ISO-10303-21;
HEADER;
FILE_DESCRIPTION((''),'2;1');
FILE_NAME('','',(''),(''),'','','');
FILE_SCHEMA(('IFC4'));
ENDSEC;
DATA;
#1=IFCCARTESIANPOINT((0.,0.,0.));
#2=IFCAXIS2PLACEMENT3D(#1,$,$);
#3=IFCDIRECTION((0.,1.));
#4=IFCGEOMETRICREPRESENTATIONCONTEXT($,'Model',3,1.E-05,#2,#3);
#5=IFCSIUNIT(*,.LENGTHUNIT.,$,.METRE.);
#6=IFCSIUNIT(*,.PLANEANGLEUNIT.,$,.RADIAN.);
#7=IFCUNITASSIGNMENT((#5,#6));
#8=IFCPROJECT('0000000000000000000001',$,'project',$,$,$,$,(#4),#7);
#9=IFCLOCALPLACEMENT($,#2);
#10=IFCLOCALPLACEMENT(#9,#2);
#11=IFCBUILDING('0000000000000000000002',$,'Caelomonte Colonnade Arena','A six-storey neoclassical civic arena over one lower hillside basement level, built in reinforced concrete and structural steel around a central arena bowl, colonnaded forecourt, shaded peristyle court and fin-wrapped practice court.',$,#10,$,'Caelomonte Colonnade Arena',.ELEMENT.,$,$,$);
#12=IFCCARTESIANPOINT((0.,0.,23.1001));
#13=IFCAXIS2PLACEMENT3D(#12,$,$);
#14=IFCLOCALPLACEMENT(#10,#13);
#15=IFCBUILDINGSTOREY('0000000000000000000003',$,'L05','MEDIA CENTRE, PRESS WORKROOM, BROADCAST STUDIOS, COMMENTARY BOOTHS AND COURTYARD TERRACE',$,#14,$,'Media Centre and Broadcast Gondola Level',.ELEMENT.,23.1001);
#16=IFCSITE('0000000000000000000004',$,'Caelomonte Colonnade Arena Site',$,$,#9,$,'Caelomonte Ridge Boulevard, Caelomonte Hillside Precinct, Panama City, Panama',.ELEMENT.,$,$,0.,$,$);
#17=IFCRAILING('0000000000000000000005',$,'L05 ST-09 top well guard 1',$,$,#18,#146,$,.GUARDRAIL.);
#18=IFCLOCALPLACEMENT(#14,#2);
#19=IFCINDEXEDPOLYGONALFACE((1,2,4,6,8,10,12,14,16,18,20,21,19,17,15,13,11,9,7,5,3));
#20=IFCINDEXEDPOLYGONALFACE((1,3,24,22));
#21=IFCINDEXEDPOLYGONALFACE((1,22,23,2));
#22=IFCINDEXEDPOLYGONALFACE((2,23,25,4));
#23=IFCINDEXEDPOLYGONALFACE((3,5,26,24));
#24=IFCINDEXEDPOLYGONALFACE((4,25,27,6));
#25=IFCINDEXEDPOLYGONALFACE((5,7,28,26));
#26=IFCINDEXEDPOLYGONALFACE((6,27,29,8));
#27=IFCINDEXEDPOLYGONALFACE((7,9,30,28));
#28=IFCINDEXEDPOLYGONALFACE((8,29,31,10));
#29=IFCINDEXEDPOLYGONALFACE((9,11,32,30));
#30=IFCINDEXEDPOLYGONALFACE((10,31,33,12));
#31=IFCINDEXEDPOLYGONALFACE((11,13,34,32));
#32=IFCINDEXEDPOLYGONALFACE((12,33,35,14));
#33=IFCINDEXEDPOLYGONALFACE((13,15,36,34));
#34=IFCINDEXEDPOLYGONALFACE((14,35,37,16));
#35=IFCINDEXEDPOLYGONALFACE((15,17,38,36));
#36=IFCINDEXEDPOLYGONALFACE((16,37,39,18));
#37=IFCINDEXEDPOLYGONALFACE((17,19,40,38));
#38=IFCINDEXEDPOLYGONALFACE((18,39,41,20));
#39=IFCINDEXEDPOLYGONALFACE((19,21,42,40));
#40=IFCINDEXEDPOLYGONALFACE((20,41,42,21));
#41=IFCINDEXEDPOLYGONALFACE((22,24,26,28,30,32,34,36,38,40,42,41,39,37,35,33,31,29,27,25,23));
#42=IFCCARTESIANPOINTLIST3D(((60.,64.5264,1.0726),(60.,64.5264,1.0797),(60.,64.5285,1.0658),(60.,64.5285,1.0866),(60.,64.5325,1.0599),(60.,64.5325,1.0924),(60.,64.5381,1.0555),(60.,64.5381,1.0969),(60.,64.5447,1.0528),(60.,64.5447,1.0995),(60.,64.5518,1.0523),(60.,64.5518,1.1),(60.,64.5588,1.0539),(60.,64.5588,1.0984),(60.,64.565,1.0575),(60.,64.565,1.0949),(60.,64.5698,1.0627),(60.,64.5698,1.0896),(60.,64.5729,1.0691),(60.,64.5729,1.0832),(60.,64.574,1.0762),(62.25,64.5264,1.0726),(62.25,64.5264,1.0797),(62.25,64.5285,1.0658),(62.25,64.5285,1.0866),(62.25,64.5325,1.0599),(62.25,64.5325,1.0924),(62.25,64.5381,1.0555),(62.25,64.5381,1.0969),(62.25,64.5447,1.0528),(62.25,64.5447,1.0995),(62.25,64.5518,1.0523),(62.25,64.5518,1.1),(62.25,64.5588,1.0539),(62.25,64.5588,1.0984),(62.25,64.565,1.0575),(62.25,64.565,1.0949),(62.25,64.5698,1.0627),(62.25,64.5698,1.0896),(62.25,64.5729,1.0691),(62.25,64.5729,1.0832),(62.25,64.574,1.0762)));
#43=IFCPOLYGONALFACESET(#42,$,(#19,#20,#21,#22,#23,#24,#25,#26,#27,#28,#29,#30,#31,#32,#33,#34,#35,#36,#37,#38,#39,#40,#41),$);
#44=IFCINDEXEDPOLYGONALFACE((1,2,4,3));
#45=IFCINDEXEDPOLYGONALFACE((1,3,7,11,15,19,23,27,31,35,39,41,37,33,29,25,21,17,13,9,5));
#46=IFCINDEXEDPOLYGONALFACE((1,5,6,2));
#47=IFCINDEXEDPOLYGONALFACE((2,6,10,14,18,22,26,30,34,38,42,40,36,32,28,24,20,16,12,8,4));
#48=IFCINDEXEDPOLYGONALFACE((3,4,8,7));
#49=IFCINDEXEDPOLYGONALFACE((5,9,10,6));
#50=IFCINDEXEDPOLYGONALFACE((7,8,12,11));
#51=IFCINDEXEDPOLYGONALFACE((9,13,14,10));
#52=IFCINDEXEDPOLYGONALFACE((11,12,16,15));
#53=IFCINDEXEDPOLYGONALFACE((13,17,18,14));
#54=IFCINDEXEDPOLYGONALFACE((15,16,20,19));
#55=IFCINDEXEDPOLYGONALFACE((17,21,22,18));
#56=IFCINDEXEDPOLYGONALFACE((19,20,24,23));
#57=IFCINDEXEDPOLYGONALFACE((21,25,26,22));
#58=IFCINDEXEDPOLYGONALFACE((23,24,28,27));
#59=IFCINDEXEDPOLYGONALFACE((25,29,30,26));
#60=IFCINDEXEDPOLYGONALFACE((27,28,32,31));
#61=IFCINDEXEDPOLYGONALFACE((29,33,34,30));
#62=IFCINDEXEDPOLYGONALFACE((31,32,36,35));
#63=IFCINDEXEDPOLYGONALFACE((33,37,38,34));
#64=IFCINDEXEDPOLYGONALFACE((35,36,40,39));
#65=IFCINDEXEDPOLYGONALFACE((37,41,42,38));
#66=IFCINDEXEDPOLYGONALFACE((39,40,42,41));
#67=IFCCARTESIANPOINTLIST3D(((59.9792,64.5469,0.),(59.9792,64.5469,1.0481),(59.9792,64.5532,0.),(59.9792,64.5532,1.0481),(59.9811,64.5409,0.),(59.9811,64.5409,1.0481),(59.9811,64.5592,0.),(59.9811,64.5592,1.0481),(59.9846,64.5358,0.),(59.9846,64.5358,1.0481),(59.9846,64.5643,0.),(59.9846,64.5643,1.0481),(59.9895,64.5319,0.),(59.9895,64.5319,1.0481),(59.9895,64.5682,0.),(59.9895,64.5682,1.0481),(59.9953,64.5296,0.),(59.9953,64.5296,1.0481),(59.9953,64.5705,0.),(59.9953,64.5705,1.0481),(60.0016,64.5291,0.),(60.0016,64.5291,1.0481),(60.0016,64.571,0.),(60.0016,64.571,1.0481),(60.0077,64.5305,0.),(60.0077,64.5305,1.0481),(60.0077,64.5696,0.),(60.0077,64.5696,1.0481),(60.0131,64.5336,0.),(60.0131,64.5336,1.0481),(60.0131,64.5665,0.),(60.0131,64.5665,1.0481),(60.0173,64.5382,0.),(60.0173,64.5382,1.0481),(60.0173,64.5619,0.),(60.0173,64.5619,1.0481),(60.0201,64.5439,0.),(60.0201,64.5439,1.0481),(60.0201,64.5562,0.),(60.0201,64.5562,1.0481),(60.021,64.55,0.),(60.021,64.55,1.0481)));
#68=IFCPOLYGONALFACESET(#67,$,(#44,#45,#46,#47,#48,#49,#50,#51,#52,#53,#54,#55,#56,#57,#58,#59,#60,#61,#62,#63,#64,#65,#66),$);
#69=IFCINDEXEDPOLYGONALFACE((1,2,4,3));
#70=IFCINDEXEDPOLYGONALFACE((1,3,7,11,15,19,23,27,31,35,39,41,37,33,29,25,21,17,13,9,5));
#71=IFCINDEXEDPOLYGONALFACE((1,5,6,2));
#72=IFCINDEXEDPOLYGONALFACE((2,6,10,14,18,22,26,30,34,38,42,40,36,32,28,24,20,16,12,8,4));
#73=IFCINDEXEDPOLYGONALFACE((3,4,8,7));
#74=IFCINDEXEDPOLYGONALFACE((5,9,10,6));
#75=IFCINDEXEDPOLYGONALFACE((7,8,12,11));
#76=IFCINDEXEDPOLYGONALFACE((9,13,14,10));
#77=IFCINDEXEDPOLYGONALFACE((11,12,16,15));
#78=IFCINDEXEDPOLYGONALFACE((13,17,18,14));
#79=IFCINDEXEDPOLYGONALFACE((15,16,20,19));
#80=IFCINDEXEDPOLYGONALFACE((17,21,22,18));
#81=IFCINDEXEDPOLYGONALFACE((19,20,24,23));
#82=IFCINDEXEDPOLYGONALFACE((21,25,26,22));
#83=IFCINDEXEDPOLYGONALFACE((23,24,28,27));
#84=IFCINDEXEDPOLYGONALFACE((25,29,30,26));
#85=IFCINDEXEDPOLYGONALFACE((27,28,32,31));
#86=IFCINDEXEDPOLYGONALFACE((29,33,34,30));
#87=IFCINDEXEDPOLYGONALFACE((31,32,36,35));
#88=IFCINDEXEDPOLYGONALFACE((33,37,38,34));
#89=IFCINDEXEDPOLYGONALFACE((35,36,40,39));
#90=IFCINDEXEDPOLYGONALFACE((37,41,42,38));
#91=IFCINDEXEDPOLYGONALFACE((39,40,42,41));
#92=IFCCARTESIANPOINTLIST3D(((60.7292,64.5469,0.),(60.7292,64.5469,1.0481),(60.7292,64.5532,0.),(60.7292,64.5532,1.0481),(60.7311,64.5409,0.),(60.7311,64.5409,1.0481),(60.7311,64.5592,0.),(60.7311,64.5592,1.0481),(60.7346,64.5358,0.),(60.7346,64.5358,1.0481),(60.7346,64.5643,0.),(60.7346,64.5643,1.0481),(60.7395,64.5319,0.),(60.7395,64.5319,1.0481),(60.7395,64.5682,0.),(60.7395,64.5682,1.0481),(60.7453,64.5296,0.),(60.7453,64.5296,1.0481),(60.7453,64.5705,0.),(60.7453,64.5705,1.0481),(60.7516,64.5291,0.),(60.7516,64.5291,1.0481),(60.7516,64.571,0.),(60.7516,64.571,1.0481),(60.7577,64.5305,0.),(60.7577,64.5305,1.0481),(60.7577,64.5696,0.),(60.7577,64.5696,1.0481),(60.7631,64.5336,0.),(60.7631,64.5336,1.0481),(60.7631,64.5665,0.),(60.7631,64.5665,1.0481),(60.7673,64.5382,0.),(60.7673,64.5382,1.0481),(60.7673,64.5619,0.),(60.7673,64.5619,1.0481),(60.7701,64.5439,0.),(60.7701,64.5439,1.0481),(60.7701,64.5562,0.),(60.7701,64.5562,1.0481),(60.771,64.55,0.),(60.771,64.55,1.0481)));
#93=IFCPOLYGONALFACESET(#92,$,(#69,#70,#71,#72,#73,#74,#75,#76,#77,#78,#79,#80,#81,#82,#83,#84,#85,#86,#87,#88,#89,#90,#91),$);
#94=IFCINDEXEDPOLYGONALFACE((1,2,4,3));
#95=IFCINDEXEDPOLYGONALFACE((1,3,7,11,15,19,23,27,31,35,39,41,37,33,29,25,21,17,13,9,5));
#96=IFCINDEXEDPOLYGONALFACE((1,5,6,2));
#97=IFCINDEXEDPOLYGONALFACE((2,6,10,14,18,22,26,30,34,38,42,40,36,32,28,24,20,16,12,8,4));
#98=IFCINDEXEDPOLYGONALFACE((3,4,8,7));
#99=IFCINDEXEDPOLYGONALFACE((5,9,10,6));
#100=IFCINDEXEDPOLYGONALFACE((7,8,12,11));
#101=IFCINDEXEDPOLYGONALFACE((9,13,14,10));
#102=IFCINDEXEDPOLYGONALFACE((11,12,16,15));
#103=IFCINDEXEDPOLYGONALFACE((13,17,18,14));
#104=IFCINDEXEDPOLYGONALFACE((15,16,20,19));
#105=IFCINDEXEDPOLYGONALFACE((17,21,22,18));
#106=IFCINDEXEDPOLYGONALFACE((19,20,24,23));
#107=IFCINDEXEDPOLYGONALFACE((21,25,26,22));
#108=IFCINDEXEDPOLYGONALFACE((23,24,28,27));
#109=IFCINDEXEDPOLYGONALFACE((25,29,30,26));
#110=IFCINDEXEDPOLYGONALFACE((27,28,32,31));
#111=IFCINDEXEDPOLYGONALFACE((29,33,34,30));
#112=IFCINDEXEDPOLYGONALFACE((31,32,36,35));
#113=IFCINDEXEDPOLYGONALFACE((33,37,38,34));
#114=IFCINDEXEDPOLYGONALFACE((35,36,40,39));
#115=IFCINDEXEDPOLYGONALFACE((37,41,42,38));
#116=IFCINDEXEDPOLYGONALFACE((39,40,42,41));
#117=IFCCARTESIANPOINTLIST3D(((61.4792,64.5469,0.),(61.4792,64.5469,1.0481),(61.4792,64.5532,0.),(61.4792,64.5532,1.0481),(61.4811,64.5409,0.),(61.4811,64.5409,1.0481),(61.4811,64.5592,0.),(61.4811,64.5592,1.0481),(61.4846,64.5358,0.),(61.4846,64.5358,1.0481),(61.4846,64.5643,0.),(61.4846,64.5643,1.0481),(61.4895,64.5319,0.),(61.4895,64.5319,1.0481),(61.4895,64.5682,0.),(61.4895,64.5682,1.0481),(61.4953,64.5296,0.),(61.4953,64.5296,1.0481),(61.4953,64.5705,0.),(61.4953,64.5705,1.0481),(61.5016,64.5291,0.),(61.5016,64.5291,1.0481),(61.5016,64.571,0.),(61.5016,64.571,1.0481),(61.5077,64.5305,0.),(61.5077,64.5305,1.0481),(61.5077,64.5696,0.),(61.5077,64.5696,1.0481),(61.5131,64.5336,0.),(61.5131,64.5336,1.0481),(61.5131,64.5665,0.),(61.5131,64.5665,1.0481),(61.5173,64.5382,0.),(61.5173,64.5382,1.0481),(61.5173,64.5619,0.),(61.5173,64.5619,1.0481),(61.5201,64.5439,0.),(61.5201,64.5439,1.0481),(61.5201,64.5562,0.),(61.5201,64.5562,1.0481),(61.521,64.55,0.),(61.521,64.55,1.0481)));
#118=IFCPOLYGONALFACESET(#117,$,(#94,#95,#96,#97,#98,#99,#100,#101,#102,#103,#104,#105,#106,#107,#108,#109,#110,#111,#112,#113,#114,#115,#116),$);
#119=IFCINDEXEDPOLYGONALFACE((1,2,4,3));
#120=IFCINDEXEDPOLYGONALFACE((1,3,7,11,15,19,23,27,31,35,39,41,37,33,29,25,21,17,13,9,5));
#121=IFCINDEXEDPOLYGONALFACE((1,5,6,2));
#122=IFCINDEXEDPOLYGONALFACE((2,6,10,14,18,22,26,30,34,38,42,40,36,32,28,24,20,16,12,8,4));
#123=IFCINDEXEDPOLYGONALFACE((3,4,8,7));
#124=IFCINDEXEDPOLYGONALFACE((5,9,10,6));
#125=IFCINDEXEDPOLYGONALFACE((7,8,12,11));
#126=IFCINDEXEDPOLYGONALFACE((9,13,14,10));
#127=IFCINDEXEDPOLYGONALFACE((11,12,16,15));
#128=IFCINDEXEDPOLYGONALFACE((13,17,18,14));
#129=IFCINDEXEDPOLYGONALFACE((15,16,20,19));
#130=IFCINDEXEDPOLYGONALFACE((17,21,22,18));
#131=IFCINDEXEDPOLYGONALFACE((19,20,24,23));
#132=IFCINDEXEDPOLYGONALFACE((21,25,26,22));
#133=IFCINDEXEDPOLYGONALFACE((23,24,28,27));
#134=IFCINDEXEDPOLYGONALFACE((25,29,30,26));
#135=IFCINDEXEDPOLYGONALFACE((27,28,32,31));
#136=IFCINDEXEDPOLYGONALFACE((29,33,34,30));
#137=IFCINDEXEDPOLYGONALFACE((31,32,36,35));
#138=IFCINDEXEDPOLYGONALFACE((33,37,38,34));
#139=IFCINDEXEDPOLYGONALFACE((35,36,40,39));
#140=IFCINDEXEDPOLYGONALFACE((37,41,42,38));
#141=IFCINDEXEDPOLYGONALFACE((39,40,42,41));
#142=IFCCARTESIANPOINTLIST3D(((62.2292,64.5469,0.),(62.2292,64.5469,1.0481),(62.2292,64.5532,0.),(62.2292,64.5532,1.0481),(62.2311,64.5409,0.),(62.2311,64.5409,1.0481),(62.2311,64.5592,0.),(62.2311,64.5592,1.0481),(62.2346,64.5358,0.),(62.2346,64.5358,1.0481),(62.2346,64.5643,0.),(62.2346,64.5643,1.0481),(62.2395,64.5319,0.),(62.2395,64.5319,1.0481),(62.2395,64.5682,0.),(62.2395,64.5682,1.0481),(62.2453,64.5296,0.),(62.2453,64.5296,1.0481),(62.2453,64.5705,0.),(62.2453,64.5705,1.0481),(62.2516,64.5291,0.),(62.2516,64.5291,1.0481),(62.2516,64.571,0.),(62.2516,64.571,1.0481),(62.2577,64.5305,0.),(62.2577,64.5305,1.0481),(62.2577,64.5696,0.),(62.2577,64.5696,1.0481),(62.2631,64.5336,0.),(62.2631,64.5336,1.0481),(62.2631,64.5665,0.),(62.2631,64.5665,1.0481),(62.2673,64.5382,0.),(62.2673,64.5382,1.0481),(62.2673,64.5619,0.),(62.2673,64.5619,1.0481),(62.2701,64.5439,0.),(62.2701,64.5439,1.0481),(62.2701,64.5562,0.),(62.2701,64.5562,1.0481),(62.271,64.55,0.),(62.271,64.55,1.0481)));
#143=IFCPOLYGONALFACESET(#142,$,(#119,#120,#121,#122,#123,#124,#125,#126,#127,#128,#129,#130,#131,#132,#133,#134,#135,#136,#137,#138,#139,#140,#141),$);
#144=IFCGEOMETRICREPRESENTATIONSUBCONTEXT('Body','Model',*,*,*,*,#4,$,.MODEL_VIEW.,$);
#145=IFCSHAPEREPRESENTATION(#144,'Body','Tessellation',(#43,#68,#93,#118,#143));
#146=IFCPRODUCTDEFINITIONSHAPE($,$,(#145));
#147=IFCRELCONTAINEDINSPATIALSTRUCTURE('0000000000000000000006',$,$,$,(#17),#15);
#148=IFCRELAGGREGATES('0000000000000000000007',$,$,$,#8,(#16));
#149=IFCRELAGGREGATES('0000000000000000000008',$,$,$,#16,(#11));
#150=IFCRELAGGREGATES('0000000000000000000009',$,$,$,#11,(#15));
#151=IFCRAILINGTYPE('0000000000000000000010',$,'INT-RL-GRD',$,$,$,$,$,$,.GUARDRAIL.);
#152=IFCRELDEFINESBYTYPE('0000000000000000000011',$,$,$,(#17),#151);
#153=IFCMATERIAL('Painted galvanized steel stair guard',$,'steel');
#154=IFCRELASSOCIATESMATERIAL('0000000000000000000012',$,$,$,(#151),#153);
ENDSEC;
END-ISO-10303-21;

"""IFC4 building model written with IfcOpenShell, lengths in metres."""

from ifc_helpers import new_model, si_unit, direction, frame, origin, origin_2d, place, context, subcontext, project, spatial, circle, extrude, material, type_object, element, save


model = new_model("IFC4")

# Units and contexts
model_context = context("Model", 3, precision=1e-05, world=origin(), true_north=direction((0.0, 1.0)))
body_context = subcontext(model_context, "Body", "Model", "MODEL_VIEW")
ifc_project = project(units=[si_unit("LENGTHUNIT", "METRE"), si_unit("PLANEANGLEUNIT", "RADIAN")], contexts=[model_context])

# Site, building, storey
site_placement = place(None, origin())
site = spatial("IfcSite", under=ifc_project, at=site_placement, Name="Caelomonte Colonnade Arena Site", LongName="Caelomonte Ridge Boulevard, Caelomonte Hillside Precinct, Panama City, Panama", CompositionType="ELEMENT", RefElevation=0.0)
building_placement = place(site_placement, origin())
building = spatial("IfcBuilding", under=site, at=building_placement, Name="Caelomonte Colonnade Arena", Description="A six-storey neoclassical civic arena over one lower hillside basement level, built in reinforced concrete and structural steel around a central arena bowl, colonnaded forecourt, shaded peristyle court and fin-wrapped practice court.", LongName="Caelomonte Colonnade Arena", CompositionType="ELEMENT")
storey_placement = place(building_placement, frame((0.0, 0.0, 23.1001)))
storey = spatial("IfcBuildingStorey", under=building, at=storey_placement, Name="L05", Description="MEDIA CENTRE, PRESS WORKROOM, BROADCAST STUDIOS, COMMENTARY BOOTHS AND COURTYARD TERRACE", LongName="Media Centre and Broadcast Gondola Level", CompositionType="ELEMENT", Elevation=23.1001)

# Railing
ifc_material_1 = material(Name="Painted galvanized steel stair guard", Category="steel")
railing_type = type_object("IfcRailingType", Name="INT-RL-GRD", PredefinedType="GUARDRAIL", material=ifc_material_1)
railing_placement = place(storey_placement, frame((60.0, 64.55, 0.0)))
element("IfcRailing", 1, at=railing_placement, inside=storey, type_object=railing_type, Name="L05 ST-09 top well guard 1", PredefinedType="GUARDRAIL", context=body_context, shape_type="SweptSolid", body=[
    extrude(circle(Radius=0.0239, at=origin_2d()), frame((0.0, 0.0, 1.0762), z_axis=(1.0, 0.0, 0.0), x_axis=(0.0, 1.0, 0.0)), (0.0, 0.0, 1.0), 2.25),
    extrude(circle(Radius=0.021, at=origin_2d()), origin(), (0.0, 0.0, 1.0), 1.0481),
    extrude(circle(Radius=0.021, at=origin_2d()), frame((0.75, 0.0, 0.0)), (0.0, 0.0, 1.0), 1.0481),
    extrude(circle(Radius=0.021, at=origin_2d()), frame((1.5, 0.0, 0.0)), (0.0, 0.0, 1.0), 1.0481),
    extrude(circle(Radius=0.021, at=origin_2d()), frame((2.25, 0.0, 0.0)), (0.0, 0.0, 1.0), 1.0481),
])

save(model, "model.ifc")
